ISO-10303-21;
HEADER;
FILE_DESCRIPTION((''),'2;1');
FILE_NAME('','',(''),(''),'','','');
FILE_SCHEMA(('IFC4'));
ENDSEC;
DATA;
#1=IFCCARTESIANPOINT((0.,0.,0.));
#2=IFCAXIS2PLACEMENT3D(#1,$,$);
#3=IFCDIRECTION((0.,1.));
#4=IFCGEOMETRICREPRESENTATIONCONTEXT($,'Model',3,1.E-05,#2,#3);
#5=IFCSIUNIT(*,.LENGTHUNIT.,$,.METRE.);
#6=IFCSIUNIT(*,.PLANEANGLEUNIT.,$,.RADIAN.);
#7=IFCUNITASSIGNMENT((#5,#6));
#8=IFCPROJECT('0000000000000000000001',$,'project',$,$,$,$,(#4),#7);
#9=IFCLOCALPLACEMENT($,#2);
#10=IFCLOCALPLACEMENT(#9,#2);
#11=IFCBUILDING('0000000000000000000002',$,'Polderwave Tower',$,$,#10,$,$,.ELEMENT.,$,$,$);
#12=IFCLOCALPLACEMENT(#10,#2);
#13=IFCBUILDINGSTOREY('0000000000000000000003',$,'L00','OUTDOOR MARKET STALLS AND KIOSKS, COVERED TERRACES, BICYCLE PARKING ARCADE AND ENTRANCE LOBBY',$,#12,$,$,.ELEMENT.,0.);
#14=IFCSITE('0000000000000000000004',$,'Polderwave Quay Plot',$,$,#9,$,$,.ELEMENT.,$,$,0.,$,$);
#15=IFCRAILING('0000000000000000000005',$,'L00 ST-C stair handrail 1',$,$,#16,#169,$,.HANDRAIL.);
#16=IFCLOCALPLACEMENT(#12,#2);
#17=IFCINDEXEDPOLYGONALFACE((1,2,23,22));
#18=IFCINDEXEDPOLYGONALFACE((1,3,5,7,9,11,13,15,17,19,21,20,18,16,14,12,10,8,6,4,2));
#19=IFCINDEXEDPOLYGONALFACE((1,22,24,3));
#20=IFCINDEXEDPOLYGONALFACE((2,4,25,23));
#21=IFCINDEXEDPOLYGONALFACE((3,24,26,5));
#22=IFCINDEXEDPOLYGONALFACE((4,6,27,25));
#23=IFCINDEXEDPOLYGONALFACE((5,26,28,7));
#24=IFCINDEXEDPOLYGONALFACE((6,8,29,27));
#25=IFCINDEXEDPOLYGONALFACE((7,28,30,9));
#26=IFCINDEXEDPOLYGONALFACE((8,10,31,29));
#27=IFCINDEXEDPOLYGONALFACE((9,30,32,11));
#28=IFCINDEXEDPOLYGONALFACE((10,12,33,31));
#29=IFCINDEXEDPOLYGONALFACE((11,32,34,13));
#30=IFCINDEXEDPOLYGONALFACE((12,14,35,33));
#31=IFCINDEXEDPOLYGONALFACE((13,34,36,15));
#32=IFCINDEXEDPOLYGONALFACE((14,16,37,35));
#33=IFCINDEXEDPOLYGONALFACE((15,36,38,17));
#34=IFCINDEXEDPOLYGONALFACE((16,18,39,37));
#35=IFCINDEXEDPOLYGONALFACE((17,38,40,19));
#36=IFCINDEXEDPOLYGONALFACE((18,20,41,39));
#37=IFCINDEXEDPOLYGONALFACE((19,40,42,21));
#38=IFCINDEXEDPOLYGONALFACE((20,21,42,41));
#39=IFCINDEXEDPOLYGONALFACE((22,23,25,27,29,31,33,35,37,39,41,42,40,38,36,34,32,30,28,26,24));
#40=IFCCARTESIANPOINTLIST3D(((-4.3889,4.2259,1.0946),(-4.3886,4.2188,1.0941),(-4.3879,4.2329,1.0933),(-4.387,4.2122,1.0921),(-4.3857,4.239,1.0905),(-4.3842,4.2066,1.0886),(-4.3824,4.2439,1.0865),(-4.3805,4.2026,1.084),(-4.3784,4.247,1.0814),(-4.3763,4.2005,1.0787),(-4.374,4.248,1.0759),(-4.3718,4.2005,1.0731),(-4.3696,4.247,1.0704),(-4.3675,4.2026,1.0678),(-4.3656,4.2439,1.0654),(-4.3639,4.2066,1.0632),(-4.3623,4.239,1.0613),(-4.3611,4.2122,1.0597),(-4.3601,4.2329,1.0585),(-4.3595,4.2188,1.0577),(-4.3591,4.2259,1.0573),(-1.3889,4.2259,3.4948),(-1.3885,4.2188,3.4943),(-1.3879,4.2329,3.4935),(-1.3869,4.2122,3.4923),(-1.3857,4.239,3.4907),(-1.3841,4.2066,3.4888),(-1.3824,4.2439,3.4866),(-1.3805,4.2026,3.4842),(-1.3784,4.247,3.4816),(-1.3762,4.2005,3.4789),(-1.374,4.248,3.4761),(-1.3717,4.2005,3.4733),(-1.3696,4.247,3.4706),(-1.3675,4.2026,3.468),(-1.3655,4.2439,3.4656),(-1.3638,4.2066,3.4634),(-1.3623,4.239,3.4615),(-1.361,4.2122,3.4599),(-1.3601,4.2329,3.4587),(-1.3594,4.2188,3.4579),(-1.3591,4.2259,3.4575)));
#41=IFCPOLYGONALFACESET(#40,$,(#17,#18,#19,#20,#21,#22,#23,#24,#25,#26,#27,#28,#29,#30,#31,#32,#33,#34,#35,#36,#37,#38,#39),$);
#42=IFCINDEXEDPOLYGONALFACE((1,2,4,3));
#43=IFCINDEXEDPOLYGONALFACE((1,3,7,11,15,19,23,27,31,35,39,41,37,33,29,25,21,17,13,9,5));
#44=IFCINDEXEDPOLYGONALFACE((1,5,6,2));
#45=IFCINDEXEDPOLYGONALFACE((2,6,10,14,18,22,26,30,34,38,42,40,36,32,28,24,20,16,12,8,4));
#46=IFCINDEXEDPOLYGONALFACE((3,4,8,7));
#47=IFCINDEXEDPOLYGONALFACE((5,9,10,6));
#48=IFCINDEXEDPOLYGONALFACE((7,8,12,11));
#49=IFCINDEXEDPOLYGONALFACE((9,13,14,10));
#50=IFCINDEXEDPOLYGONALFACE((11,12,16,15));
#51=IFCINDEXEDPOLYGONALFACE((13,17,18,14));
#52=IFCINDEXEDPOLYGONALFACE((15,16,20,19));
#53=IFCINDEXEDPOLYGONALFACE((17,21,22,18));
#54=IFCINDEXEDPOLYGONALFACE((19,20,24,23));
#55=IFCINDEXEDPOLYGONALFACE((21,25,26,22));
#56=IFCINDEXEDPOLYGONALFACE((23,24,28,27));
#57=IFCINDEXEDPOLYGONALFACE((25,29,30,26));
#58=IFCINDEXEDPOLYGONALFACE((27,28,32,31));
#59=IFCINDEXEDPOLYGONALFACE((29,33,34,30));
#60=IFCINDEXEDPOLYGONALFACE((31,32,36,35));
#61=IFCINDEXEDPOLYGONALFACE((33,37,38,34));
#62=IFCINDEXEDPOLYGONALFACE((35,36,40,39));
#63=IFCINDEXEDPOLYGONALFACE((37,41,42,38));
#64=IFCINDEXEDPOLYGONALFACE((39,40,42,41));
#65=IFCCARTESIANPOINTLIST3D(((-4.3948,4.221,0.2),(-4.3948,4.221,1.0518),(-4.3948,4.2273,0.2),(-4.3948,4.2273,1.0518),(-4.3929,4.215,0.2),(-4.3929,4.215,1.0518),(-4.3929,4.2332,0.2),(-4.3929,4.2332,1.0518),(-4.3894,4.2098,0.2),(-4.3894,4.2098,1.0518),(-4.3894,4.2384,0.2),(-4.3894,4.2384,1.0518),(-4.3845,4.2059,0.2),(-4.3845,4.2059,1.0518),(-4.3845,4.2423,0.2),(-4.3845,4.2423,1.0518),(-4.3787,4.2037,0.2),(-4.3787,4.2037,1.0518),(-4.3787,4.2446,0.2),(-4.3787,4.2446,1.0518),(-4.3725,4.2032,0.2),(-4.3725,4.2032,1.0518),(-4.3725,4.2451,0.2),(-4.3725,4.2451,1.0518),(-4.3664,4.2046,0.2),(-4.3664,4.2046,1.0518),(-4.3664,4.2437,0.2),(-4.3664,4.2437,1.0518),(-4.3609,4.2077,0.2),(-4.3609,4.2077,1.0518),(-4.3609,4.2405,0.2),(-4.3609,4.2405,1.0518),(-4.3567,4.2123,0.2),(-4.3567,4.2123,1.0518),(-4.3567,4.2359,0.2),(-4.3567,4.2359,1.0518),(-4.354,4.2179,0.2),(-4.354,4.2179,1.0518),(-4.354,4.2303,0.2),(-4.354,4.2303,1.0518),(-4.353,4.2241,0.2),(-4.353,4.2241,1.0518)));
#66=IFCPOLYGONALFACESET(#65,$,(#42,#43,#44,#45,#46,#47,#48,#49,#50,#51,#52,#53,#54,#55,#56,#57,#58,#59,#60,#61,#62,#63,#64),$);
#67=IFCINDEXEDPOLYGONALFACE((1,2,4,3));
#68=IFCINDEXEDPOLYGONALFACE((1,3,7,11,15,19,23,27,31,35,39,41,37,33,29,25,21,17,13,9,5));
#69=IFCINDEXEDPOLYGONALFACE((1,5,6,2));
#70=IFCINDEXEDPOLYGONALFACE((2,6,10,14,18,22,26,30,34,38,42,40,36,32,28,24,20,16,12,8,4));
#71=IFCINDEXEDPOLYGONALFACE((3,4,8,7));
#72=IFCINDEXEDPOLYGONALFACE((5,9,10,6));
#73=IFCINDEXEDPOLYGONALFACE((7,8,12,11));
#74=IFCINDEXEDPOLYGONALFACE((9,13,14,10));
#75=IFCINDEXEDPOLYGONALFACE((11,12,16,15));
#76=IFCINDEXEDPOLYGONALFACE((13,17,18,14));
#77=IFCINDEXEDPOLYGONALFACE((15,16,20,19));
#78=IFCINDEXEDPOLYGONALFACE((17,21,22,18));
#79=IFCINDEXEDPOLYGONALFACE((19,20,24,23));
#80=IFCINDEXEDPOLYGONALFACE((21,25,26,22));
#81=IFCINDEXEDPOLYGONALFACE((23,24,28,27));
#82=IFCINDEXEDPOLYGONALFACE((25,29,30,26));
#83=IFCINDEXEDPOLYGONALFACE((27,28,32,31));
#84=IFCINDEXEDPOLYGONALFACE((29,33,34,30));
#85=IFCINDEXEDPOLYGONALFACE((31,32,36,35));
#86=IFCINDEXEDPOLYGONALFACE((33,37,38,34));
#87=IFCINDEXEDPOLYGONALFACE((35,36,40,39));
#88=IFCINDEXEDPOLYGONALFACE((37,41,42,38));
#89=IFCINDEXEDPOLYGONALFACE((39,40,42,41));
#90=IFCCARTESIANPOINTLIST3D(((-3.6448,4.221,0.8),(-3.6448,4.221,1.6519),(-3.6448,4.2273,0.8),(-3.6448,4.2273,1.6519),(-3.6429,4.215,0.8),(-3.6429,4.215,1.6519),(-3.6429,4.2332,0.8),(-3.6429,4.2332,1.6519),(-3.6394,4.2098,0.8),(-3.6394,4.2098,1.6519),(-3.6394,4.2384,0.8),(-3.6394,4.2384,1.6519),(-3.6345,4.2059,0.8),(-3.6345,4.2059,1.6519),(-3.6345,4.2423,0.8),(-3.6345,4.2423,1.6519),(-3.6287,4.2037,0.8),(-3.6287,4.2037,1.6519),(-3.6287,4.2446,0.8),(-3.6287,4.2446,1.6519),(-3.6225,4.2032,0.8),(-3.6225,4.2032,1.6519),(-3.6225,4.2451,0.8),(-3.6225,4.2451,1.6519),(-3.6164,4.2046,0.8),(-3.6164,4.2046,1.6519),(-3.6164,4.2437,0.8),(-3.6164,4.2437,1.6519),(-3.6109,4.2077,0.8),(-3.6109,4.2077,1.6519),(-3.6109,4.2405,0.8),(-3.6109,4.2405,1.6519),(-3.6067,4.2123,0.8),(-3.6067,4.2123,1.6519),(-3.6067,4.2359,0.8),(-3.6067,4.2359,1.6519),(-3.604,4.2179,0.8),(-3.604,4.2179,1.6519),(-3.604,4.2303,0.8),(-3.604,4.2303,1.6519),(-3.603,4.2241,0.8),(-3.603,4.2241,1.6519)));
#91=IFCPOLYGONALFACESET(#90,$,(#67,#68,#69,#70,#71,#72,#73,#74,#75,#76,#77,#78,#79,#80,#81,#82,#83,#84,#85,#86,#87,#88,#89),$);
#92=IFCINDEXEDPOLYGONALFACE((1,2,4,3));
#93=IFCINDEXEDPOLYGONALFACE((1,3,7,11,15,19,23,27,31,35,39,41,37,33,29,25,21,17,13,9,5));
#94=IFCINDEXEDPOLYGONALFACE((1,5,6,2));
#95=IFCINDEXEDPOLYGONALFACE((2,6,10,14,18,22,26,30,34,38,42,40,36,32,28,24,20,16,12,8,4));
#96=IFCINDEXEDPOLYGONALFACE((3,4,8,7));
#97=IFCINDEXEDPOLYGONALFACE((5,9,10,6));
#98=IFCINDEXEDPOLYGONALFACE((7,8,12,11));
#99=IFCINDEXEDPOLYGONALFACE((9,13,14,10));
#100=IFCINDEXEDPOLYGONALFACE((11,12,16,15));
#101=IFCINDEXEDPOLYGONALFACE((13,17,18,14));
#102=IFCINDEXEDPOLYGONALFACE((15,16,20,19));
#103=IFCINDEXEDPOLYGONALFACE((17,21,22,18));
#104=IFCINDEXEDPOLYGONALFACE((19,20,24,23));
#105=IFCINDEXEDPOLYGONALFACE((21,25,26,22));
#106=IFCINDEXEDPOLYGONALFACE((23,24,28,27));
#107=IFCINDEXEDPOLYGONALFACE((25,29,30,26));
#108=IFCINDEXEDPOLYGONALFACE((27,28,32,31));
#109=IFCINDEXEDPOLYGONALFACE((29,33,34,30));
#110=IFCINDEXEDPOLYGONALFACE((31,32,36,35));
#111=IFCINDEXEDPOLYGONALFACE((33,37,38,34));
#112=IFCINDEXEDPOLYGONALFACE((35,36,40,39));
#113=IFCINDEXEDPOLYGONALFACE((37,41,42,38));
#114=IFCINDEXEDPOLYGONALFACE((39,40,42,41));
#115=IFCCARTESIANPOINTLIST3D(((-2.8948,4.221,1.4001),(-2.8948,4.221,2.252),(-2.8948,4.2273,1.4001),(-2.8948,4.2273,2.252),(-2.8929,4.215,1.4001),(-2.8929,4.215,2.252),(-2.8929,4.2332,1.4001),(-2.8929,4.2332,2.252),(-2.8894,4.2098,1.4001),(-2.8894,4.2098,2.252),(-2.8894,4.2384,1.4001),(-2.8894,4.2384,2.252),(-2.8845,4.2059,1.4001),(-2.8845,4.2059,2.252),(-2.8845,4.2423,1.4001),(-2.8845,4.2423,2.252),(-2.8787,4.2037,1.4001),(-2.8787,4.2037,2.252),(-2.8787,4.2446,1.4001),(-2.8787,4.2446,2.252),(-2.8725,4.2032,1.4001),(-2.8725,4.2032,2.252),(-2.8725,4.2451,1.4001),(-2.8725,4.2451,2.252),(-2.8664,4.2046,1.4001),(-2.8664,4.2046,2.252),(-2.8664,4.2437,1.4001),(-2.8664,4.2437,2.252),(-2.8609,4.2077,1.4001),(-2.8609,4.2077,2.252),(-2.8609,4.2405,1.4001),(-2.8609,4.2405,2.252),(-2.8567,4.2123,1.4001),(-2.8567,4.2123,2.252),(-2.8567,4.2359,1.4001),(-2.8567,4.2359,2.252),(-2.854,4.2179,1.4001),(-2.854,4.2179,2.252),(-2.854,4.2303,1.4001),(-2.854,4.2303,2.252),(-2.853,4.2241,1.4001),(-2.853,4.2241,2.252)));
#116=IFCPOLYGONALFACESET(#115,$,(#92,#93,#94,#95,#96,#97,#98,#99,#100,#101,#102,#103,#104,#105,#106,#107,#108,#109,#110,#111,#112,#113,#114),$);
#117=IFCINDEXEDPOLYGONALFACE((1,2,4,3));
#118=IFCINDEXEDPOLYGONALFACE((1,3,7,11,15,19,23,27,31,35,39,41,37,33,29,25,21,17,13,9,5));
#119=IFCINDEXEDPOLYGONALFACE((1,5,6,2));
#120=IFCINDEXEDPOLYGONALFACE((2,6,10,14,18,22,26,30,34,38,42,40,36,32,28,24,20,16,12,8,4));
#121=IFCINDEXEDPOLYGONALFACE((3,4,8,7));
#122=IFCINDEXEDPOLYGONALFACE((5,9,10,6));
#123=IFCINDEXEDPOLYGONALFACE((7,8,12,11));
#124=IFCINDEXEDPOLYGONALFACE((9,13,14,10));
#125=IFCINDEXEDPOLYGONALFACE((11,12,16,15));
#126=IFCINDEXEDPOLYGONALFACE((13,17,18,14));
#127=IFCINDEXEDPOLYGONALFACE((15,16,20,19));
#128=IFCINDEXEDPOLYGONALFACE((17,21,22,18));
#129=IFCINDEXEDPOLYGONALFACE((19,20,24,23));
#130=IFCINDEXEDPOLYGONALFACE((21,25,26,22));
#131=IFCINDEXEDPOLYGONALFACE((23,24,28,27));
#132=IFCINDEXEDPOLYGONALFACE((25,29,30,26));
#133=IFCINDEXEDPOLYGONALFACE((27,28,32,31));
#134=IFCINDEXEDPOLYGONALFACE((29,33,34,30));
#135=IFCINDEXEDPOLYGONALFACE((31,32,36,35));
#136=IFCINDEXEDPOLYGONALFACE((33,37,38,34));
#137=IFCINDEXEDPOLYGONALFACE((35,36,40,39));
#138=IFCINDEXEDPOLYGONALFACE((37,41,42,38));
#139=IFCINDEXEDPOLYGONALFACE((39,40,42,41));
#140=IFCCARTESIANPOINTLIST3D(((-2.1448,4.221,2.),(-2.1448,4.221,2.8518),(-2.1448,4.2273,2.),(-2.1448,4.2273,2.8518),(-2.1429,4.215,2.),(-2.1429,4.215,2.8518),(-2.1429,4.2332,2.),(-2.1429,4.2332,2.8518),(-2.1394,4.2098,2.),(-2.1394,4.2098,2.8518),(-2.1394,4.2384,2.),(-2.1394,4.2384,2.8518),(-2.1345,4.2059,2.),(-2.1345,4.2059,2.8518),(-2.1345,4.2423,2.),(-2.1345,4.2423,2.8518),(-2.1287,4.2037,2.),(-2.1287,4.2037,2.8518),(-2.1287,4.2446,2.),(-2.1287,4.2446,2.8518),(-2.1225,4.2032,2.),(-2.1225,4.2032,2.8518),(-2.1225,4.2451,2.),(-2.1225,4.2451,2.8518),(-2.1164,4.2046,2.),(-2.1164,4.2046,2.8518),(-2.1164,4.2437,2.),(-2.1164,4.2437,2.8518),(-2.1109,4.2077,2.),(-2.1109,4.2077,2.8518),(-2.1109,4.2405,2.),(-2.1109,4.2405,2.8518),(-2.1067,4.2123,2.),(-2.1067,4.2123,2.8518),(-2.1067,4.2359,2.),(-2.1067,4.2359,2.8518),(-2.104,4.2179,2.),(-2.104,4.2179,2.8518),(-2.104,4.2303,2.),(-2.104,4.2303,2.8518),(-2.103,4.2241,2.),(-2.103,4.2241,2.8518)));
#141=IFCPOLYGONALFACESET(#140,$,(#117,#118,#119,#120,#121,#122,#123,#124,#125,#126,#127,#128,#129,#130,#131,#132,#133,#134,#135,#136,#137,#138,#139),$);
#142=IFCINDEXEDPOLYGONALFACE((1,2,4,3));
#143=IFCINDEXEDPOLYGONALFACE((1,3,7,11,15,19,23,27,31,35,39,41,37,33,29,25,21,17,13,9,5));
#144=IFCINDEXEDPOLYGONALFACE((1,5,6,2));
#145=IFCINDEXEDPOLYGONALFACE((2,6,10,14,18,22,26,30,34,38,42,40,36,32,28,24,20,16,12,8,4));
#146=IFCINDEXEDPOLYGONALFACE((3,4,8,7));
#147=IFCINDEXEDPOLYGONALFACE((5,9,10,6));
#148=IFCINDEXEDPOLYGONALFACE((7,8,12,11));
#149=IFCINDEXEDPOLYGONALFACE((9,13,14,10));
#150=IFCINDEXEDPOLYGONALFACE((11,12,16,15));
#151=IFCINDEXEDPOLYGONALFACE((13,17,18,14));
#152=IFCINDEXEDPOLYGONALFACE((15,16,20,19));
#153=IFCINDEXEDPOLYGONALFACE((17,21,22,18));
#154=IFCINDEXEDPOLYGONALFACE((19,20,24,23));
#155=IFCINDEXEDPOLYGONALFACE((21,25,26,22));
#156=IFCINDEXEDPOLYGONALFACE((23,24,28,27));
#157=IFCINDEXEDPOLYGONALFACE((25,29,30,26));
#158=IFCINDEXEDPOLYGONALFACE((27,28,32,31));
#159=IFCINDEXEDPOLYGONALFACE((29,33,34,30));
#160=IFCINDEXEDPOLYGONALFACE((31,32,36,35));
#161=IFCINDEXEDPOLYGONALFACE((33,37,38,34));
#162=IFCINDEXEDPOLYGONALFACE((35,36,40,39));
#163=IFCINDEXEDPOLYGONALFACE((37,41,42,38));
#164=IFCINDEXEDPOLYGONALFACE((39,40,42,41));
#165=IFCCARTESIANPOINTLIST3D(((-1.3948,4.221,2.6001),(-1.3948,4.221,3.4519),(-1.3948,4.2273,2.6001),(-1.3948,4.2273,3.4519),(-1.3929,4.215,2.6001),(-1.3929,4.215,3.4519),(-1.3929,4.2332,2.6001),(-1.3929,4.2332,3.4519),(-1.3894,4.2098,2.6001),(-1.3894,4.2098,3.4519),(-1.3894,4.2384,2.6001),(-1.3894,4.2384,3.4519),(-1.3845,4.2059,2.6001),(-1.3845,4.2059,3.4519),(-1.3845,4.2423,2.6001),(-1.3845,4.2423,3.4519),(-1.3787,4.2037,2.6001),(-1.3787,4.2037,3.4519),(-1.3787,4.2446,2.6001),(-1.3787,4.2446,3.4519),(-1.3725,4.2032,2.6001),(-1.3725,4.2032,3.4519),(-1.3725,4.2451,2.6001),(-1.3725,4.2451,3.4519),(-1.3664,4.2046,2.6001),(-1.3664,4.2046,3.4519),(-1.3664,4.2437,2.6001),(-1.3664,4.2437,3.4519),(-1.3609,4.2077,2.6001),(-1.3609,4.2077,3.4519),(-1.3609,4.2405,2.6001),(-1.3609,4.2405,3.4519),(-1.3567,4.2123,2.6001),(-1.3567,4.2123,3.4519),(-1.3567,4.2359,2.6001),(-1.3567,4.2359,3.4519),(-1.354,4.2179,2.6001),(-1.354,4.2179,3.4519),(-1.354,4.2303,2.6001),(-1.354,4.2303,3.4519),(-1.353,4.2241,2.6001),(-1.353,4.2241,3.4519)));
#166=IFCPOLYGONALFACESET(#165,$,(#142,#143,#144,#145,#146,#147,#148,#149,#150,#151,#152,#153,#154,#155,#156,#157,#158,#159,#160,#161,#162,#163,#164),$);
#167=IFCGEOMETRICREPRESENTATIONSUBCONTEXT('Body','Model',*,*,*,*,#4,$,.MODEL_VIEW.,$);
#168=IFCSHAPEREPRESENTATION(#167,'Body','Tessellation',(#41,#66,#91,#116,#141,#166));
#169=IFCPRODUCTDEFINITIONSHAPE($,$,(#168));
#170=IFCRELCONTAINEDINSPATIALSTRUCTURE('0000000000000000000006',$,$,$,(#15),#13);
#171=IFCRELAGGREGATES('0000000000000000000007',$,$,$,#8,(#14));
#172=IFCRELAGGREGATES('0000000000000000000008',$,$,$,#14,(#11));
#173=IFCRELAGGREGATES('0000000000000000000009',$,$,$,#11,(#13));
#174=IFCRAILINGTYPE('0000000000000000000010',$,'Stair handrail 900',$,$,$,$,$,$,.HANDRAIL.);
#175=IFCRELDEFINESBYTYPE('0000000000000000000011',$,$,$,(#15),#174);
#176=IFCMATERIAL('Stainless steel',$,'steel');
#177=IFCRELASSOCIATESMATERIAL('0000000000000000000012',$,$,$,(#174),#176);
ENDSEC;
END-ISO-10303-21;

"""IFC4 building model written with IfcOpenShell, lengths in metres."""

from ifc_helpers import new_model, si_unit, direction, frame, origin, origin_2d, place, context, subcontext, project, spatial, circle, extrude, material, type_object, element, save


model = new_model("IFC4")

# Units and contexts
model_context = context("Model", 3, precision=1e-05, world=origin(), true_north=direction((0.0, 1.0)))
body_context = subcontext(model_context, "Body", "Model", "MODEL_VIEW")
ifc_project = project(units=[si_unit("LENGTHUNIT", "METRE"), si_unit("PLANEANGLEUNIT", "RADIAN")], contexts=[model_context])

# Site, building, storey
site_placement = place(None, origin())
site = spatial("IfcSite", under=ifc_project, at=site_placement, Name="Polderwave Quay Plot", CompositionType="ELEMENT", RefElevation=0.0)
building_placement = place(site_placement, origin())
building = spatial("IfcBuilding", under=site, at=building_placement, Name="Polderwave Tower", CompositionType="ELEMENT")
storey_placement = place(building_placement, origin())
storey = spatial("IfcBuildingStorey", under=building, at=storey_placement, Name="L00", Description="OUTDOOR MARKET STALLS AND KIOSKS, COVERED TERRACES, BICYCLE PARKING ARCADE AND ENTRANCE LOBBY", CompositionType="ELEMENT", Elevation=0.0)

# Railing
ifc_material_1 = material(Name="Stainless steel", Category="steel")
railing_type_1 = type_object("IfcRailingType", Name="Stair handrail 900", PredefinedType="HANDRAIL", material=ifc_material_1)
railing_1_placement = place(storey_placement, frame((-4.374, 4.2241, 0.2)))
element("IfcRailing", 1, at=railing_1_placement, inside=storey, type_object=railing_type_1, Name="L00 ST-C stair handrail 1", PredefinedType="HANDRAIL", context=body_context, shape_type="SweptSolid", body=[
    extrude(circle(Radius=0.0239, at=origin_2d()), frame((0.0, 0.0, 0.876), z_axis=(0.78085, 0.0, 0.624718), x_axis=(0.0, 1.0, 0.0)), (0.0, 0.0, 1.0), 3.842),
    extrude(circle(Radius=0.021, at=origin_2d()), origin(), (0.0, 0.0, 1.0), 0.8518),
    extrude(circle(Radius=0.021, at=origin_2d()), frame((0.75, 0.0, 0.6001)), (0.0, 0.0, 1.0), 0.8518),
    extrude(circle(Radius=0.021, at=origin_2d()), frame((1.5, 0.0, 1.2002)), (0.0, 0.0, 1.0), 0.8518),
    extrude(circle(Radius=0.021, at=origin_2d()), frame((2.25, 0.0, 1.8)), (0.0, 0.0, 1.0), 0.8518),
    extrude(circle(Radius=0.021, at=origin_2d()), frame((3.0, 0.0, 2.4001)), (0.0, 0.0, 1.0), 0.8518),
])

save(model, "model.ifc")
